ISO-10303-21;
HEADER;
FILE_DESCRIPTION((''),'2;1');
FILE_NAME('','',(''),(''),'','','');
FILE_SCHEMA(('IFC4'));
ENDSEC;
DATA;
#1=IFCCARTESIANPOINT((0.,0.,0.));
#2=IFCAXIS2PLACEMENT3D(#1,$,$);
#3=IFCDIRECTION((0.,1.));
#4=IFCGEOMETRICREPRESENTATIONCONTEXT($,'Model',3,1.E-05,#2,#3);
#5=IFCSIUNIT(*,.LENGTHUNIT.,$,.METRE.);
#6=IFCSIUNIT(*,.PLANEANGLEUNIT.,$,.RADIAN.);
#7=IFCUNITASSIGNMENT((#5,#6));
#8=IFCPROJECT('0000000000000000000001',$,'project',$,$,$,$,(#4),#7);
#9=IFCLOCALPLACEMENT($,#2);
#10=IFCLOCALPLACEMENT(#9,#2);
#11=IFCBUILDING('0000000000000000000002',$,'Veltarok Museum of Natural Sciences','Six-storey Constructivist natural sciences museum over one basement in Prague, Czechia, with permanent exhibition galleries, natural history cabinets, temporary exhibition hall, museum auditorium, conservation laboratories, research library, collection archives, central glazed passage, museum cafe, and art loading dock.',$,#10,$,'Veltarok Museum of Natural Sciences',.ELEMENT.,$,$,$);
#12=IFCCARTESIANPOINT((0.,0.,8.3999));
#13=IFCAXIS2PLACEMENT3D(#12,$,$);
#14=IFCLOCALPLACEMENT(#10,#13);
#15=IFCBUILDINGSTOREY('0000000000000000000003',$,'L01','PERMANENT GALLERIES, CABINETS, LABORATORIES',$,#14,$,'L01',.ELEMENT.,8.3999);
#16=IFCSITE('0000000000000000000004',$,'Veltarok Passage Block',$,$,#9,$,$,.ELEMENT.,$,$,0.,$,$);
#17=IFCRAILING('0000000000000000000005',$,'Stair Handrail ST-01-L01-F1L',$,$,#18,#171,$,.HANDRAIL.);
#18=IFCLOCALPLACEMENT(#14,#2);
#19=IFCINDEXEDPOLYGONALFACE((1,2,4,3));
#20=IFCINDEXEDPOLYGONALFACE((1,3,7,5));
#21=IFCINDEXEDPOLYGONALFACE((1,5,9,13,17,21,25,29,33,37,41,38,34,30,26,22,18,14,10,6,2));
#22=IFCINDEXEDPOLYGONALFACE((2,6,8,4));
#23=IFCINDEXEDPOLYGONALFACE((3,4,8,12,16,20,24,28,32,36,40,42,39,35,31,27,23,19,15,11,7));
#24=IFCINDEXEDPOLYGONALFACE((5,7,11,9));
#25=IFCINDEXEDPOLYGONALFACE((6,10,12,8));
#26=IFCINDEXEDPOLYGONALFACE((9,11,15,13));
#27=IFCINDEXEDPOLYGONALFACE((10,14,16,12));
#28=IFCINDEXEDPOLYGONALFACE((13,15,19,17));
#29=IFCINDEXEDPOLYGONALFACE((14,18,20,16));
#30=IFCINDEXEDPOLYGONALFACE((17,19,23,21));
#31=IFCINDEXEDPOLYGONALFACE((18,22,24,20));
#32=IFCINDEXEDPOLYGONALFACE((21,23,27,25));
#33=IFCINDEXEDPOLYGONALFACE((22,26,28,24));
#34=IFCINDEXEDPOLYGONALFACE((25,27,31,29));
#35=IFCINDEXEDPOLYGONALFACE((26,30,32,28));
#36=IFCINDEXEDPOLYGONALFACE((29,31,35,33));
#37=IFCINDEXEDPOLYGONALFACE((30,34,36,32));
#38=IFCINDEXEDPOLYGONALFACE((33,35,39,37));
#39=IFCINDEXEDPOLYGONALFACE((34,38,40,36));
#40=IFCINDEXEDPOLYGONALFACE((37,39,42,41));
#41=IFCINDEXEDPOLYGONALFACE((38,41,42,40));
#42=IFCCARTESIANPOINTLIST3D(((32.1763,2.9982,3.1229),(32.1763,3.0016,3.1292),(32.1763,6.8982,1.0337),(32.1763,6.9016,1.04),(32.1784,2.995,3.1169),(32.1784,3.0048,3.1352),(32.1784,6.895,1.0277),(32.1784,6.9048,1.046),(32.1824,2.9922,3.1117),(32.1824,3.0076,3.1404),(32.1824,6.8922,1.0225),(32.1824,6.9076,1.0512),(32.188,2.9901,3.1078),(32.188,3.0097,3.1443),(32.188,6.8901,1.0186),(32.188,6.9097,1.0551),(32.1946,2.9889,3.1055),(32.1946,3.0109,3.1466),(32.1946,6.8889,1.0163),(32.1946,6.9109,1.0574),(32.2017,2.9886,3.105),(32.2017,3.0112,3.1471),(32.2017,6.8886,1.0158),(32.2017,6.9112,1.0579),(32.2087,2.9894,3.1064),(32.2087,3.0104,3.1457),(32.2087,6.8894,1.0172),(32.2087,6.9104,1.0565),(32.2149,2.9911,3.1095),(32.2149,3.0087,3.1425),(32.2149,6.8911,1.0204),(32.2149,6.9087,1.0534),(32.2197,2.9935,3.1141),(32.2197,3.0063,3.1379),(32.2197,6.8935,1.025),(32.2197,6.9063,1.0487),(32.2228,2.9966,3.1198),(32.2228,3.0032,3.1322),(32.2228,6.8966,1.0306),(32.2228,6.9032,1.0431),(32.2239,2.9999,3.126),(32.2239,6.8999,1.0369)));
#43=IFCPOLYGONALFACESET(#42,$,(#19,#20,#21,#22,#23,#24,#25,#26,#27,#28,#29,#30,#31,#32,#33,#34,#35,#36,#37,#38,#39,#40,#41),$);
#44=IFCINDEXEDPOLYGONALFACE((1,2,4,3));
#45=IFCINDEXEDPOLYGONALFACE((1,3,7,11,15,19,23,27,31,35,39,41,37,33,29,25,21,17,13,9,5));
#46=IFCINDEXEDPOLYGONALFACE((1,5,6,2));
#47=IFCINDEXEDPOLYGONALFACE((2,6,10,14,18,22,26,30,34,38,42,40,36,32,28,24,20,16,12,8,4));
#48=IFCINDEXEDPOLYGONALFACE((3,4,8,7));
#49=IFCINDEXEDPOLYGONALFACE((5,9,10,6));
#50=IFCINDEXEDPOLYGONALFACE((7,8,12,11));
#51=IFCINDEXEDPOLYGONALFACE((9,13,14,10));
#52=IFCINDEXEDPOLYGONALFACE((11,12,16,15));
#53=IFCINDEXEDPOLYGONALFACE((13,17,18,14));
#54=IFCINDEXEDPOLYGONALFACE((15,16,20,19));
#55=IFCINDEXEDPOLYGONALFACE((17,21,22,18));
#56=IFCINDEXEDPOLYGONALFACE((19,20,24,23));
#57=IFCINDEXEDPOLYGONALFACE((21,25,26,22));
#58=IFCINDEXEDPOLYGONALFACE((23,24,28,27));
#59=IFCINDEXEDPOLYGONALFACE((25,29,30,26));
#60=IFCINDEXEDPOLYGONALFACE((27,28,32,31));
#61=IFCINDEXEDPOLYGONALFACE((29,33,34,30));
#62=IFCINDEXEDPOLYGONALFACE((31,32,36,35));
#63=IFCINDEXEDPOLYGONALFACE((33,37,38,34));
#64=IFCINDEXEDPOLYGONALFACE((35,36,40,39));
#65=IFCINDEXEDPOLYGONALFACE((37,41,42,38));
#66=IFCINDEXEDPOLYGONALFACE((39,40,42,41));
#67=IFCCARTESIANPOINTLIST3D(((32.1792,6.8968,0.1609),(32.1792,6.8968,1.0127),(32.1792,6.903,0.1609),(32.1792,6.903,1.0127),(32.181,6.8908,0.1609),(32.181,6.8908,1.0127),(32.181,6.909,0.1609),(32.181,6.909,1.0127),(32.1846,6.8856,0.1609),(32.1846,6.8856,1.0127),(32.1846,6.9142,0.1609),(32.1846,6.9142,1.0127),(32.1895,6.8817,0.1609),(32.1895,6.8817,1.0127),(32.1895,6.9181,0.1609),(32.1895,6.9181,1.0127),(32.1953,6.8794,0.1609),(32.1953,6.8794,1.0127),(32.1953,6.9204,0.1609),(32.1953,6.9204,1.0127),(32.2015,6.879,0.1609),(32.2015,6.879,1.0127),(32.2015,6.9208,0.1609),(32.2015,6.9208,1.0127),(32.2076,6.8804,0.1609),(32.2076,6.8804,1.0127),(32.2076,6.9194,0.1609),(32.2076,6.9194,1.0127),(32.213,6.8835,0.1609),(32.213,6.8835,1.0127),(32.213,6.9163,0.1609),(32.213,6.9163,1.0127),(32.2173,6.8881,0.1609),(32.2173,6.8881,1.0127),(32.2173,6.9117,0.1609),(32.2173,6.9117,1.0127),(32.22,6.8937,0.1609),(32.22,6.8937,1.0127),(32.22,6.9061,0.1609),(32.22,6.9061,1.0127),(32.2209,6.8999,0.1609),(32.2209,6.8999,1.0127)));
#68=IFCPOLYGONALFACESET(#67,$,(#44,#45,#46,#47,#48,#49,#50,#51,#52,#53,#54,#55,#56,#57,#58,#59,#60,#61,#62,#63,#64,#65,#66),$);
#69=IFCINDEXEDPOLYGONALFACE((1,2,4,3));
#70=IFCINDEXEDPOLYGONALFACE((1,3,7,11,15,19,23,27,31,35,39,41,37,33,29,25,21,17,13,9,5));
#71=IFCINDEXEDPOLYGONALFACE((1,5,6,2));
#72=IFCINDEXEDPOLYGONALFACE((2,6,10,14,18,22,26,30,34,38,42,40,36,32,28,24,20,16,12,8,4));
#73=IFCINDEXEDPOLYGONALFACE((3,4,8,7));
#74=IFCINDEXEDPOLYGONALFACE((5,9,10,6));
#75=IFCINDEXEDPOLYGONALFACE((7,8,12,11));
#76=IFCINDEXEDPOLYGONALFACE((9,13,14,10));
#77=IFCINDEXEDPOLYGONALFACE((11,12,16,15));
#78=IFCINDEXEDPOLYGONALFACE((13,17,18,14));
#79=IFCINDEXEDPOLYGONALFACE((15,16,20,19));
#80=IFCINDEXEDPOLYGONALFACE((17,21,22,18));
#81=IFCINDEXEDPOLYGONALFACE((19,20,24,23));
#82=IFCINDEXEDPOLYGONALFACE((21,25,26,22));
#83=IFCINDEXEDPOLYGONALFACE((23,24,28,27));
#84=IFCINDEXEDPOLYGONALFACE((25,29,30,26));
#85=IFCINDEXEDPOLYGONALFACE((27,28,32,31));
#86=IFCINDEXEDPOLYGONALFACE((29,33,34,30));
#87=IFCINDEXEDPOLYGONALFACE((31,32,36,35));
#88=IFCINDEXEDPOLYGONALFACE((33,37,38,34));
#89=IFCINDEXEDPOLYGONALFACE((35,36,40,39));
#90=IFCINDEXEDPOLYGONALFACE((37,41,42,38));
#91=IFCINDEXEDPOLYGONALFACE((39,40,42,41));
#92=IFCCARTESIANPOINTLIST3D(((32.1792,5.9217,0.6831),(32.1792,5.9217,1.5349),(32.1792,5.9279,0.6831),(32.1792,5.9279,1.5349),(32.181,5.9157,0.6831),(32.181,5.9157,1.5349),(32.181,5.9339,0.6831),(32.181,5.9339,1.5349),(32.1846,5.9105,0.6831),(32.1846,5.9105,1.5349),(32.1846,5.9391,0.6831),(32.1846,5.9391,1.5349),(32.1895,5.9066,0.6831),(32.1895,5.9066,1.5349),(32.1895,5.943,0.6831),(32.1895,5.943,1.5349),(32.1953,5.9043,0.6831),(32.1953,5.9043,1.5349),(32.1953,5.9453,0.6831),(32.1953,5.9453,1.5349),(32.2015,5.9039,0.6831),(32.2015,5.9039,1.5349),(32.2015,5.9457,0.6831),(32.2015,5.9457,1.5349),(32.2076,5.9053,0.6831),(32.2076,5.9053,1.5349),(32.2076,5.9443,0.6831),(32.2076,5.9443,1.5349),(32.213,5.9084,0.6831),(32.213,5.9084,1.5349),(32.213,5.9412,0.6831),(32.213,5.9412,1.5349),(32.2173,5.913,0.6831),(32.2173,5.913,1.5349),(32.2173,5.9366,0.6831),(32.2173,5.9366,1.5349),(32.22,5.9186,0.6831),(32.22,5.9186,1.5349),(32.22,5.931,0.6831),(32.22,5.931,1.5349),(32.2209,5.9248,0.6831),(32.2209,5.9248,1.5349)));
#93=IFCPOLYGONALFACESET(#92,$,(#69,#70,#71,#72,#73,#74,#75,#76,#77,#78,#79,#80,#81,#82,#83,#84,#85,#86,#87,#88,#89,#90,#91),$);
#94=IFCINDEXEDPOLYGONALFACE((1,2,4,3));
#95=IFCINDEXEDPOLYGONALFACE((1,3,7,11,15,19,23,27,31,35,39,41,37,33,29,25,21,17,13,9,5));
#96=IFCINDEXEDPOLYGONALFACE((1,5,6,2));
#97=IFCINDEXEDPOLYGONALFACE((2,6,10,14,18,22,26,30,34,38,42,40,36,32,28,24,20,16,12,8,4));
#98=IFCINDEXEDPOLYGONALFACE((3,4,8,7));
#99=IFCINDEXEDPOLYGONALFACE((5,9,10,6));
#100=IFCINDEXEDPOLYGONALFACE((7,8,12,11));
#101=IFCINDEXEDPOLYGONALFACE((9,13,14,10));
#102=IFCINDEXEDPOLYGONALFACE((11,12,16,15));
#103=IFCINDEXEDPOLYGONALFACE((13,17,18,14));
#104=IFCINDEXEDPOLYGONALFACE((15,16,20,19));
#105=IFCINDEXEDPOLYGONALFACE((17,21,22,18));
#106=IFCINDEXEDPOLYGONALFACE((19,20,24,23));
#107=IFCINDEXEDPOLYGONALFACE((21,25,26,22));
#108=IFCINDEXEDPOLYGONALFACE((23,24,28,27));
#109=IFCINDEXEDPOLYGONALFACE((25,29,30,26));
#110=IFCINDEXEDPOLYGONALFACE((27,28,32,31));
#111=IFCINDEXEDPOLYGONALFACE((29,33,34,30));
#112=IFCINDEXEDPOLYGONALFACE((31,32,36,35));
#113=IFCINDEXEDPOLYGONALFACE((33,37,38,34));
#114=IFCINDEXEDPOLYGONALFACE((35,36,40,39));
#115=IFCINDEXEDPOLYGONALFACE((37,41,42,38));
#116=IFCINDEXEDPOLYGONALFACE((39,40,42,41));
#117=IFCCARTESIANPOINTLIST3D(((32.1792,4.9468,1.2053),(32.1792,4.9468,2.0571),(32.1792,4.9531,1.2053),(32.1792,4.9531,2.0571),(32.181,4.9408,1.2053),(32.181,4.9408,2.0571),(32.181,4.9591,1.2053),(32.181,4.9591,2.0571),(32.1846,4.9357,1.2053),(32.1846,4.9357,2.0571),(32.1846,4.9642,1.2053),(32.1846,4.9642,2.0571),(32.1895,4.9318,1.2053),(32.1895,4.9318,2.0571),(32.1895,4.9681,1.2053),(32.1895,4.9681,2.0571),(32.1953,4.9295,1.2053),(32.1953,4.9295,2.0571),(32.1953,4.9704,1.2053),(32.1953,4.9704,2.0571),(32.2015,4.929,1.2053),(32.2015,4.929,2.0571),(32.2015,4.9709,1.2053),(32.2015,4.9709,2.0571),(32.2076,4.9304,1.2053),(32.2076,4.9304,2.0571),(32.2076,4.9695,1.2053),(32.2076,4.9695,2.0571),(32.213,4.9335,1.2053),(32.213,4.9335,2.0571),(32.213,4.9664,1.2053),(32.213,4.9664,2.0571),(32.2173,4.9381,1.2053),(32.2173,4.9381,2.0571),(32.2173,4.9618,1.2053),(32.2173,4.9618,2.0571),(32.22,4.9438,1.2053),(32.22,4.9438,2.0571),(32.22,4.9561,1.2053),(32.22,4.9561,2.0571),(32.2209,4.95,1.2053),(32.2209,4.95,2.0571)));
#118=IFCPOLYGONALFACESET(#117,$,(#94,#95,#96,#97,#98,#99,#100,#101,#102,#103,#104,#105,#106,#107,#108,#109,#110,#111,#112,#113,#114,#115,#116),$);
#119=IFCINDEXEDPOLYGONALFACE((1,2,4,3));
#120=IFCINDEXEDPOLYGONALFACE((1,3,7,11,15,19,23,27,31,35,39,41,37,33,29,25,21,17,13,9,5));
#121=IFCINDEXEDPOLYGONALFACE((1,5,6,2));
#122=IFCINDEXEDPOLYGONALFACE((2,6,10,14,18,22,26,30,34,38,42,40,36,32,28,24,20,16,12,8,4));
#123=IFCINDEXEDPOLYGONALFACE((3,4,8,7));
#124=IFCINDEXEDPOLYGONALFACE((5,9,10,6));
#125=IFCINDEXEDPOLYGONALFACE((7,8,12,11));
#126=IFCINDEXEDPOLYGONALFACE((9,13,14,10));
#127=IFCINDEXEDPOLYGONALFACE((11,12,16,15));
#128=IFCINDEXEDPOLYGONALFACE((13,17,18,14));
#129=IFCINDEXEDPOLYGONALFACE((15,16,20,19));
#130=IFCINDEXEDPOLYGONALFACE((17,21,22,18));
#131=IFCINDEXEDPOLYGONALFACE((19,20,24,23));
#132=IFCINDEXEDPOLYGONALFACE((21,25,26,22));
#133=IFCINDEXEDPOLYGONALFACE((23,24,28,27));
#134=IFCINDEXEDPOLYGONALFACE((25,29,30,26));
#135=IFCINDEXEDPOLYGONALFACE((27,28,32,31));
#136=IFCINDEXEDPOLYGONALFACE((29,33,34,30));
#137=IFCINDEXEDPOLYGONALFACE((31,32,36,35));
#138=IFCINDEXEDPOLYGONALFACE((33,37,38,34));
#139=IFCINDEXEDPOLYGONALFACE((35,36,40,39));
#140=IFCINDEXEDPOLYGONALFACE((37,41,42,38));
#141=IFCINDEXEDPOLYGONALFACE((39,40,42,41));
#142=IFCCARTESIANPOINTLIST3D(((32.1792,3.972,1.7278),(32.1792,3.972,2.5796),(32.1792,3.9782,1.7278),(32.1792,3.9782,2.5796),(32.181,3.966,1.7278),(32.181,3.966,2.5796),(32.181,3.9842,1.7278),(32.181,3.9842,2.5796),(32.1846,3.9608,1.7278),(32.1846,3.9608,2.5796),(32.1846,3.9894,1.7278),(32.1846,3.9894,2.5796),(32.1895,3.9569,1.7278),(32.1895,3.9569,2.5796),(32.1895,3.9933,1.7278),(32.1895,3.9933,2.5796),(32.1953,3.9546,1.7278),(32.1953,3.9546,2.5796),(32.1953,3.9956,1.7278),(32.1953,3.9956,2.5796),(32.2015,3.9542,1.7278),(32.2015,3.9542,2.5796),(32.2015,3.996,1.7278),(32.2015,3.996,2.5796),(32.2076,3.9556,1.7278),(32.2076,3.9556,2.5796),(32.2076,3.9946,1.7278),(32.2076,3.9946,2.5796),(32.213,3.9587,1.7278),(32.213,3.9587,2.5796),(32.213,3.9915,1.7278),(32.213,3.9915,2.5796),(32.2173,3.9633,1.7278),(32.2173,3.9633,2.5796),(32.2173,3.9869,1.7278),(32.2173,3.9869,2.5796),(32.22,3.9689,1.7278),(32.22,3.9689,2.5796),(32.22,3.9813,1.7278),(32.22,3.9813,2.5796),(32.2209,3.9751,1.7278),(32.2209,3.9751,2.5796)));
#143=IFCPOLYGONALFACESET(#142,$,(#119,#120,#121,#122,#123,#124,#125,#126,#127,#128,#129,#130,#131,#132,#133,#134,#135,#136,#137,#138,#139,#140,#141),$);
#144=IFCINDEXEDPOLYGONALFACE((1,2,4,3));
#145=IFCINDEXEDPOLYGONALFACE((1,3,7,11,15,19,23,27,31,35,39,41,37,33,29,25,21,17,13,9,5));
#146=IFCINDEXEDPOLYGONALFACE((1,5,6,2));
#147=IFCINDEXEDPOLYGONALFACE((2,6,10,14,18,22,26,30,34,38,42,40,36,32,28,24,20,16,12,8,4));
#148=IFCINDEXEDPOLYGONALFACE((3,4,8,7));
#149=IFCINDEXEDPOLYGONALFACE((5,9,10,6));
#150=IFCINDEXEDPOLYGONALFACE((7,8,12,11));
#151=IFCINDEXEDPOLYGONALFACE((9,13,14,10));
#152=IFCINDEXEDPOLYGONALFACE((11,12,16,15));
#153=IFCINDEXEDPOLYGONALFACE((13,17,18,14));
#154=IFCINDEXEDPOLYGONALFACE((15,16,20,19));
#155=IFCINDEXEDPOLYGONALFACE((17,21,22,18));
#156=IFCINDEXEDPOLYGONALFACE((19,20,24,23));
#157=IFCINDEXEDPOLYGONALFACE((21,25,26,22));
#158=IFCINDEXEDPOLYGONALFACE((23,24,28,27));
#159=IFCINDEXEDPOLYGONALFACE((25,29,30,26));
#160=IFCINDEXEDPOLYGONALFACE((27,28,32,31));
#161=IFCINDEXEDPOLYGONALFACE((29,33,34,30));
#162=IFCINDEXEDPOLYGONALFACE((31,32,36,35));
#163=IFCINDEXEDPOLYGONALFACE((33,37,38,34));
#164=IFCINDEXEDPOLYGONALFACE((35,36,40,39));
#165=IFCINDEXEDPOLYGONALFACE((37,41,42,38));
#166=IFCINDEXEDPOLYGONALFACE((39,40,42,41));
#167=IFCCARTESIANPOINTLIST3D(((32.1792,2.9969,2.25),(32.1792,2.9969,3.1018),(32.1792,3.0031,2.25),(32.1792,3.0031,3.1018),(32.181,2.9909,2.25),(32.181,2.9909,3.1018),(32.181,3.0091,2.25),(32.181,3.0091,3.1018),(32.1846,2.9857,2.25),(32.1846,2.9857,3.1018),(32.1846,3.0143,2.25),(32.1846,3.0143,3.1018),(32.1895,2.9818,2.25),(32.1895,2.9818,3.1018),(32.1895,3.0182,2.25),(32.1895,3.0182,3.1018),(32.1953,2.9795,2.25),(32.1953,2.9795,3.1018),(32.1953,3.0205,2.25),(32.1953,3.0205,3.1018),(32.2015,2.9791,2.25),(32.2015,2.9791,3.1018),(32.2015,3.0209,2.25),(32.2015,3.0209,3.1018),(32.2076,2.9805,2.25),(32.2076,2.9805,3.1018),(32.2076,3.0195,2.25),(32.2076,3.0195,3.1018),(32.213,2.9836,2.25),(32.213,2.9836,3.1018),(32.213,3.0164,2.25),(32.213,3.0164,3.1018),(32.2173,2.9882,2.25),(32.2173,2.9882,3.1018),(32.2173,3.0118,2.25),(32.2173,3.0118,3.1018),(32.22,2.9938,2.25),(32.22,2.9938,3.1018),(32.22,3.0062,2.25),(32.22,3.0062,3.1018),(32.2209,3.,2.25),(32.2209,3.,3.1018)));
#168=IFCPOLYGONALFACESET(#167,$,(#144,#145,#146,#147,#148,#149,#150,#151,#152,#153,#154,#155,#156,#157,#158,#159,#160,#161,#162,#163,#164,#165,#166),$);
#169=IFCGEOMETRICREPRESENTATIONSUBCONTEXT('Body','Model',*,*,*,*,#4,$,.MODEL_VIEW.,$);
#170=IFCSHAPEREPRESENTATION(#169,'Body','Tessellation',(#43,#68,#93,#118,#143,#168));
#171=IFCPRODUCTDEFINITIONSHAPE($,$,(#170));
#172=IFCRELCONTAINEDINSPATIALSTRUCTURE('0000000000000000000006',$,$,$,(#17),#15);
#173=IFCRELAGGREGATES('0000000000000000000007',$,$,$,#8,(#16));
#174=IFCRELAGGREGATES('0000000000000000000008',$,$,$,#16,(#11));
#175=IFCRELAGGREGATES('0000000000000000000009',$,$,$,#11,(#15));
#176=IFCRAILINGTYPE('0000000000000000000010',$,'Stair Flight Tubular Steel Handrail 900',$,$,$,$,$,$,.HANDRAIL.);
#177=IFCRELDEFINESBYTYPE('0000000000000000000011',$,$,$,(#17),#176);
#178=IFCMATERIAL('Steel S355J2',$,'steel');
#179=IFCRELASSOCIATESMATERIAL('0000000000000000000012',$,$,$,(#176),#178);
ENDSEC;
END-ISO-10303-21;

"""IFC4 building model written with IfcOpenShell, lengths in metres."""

from ifc_helpers import new_model, si_unit, direction, frame, origin, origin_2d, place, context, subcontext, project, spatial, circle, extrude, material, type_object, element, save


model = new_model("IFC4")

# Units and contexts
model_context = context("Model", 3, precision=1e-05, world=origin(), true_north=direction((0.0, 1.0)))
body_context = subcontext(model_context, "Body", "Model", "MODEL_VIEW")
ifc_project = project(units=[si_unit("LENGTHUNIT", "METRE"), si_unit("PLANEANGLEUNIT", "RADIAN")], contexts=[model_context])

# Site, building, storey
site_placement = place(None, origin())
site = spatial("IfcSite", under=ifc_project, at=site_placement, Name="Veltarok Passage Block", CompositionType="ELEMENT", RefElevation=0.0)
building_placement = place(site_placement, origin())
building = spatial("IfcBuilding", under=site, at=building_placement, Name="Veltarok Museum of Natural Sciences", Description="Six-storey Constructivist natural sciences museum over one basement in Prague, Czechia, with permanent exhibition galleries, natural history cabinets, temporary exhibition hall, museum auditorium, conservation laboratories, research library, collection archives, central glazed passage, museum cafe, and art loading dock.", LongName="Veltarok Museum of Natural Sciences", CompositionType="ELEMENT")
storey_placement = place(building_placement, frame((0.0, 0.0, 8.3999)))
storey = spatial("IfcBuildingStorey", under=building, at=storey_placement, Name="L01", Description="PERMANENT GALLERIES, CABINETS, LABORATORIES", LongName="L01", CompositionType="ELEMENT", Elevation=8.3999)

# Shared definitions
ifc_material_1 = material(Name="Steel S355J2", Category="steel")

# Railing
railing_type_1 = type_object("IfcRailingType", Name="Stair Flight Tubular Steel Handrail 900", PredefinedType="HANDRAIL", material=ifc_material_1)
for number, where, name in (
    (1, (32.2, 6.8999, 0.1609), "Stair Handrail ST-01-L01-F1L"),
):
    element("IfcRailing", number, at=place(storey_placement, frame(where)), inside=storey, type_object=railing_type_1, Name=name, PredefinedType="HANDRAIL", context=body_context, shape_type="SweptSolid", body=[
        extrude(circle(Radius=0.0239, at=origin_2d()), frame((0.0, 0.0, 0.876), z_axis=(0.0, -0.881491, 0.4722), x_axis=(1.0, 0.0, 0.0)), (0.0, 0.0, 1.0), 4.4243),
        extrude(circle(Radius=0.021, at=origin_2d()), origin(), (0.0, 0.0, 1.0), 0.8518),
        extrude(circle(Radius=0.021, at=origin_2d()), frame((0.0, -0.9751, 0.5222)), (0.0, 0.0, 1.0), 0.8518),
        extrude(circle(Radius=0.021, at=origin_2d()), frame((0.0, -1.95, 1.0444)), (0.0, 0.0, 1.0), 0.8518),
        extrude(circle(Radius=0.021, at=origin_2d()), frame((0.0, -2.9248, 1.5669)), (0.0, 0.0, 1.0), 0.8518),
        extrude(circle(Radius=0.021, at=origin_2d()), frame((0.0, -3.8999, 2.0891)), (0.0, 0.0, 1.0), 0.8518),
    ])

save(model, "model.ifc")
